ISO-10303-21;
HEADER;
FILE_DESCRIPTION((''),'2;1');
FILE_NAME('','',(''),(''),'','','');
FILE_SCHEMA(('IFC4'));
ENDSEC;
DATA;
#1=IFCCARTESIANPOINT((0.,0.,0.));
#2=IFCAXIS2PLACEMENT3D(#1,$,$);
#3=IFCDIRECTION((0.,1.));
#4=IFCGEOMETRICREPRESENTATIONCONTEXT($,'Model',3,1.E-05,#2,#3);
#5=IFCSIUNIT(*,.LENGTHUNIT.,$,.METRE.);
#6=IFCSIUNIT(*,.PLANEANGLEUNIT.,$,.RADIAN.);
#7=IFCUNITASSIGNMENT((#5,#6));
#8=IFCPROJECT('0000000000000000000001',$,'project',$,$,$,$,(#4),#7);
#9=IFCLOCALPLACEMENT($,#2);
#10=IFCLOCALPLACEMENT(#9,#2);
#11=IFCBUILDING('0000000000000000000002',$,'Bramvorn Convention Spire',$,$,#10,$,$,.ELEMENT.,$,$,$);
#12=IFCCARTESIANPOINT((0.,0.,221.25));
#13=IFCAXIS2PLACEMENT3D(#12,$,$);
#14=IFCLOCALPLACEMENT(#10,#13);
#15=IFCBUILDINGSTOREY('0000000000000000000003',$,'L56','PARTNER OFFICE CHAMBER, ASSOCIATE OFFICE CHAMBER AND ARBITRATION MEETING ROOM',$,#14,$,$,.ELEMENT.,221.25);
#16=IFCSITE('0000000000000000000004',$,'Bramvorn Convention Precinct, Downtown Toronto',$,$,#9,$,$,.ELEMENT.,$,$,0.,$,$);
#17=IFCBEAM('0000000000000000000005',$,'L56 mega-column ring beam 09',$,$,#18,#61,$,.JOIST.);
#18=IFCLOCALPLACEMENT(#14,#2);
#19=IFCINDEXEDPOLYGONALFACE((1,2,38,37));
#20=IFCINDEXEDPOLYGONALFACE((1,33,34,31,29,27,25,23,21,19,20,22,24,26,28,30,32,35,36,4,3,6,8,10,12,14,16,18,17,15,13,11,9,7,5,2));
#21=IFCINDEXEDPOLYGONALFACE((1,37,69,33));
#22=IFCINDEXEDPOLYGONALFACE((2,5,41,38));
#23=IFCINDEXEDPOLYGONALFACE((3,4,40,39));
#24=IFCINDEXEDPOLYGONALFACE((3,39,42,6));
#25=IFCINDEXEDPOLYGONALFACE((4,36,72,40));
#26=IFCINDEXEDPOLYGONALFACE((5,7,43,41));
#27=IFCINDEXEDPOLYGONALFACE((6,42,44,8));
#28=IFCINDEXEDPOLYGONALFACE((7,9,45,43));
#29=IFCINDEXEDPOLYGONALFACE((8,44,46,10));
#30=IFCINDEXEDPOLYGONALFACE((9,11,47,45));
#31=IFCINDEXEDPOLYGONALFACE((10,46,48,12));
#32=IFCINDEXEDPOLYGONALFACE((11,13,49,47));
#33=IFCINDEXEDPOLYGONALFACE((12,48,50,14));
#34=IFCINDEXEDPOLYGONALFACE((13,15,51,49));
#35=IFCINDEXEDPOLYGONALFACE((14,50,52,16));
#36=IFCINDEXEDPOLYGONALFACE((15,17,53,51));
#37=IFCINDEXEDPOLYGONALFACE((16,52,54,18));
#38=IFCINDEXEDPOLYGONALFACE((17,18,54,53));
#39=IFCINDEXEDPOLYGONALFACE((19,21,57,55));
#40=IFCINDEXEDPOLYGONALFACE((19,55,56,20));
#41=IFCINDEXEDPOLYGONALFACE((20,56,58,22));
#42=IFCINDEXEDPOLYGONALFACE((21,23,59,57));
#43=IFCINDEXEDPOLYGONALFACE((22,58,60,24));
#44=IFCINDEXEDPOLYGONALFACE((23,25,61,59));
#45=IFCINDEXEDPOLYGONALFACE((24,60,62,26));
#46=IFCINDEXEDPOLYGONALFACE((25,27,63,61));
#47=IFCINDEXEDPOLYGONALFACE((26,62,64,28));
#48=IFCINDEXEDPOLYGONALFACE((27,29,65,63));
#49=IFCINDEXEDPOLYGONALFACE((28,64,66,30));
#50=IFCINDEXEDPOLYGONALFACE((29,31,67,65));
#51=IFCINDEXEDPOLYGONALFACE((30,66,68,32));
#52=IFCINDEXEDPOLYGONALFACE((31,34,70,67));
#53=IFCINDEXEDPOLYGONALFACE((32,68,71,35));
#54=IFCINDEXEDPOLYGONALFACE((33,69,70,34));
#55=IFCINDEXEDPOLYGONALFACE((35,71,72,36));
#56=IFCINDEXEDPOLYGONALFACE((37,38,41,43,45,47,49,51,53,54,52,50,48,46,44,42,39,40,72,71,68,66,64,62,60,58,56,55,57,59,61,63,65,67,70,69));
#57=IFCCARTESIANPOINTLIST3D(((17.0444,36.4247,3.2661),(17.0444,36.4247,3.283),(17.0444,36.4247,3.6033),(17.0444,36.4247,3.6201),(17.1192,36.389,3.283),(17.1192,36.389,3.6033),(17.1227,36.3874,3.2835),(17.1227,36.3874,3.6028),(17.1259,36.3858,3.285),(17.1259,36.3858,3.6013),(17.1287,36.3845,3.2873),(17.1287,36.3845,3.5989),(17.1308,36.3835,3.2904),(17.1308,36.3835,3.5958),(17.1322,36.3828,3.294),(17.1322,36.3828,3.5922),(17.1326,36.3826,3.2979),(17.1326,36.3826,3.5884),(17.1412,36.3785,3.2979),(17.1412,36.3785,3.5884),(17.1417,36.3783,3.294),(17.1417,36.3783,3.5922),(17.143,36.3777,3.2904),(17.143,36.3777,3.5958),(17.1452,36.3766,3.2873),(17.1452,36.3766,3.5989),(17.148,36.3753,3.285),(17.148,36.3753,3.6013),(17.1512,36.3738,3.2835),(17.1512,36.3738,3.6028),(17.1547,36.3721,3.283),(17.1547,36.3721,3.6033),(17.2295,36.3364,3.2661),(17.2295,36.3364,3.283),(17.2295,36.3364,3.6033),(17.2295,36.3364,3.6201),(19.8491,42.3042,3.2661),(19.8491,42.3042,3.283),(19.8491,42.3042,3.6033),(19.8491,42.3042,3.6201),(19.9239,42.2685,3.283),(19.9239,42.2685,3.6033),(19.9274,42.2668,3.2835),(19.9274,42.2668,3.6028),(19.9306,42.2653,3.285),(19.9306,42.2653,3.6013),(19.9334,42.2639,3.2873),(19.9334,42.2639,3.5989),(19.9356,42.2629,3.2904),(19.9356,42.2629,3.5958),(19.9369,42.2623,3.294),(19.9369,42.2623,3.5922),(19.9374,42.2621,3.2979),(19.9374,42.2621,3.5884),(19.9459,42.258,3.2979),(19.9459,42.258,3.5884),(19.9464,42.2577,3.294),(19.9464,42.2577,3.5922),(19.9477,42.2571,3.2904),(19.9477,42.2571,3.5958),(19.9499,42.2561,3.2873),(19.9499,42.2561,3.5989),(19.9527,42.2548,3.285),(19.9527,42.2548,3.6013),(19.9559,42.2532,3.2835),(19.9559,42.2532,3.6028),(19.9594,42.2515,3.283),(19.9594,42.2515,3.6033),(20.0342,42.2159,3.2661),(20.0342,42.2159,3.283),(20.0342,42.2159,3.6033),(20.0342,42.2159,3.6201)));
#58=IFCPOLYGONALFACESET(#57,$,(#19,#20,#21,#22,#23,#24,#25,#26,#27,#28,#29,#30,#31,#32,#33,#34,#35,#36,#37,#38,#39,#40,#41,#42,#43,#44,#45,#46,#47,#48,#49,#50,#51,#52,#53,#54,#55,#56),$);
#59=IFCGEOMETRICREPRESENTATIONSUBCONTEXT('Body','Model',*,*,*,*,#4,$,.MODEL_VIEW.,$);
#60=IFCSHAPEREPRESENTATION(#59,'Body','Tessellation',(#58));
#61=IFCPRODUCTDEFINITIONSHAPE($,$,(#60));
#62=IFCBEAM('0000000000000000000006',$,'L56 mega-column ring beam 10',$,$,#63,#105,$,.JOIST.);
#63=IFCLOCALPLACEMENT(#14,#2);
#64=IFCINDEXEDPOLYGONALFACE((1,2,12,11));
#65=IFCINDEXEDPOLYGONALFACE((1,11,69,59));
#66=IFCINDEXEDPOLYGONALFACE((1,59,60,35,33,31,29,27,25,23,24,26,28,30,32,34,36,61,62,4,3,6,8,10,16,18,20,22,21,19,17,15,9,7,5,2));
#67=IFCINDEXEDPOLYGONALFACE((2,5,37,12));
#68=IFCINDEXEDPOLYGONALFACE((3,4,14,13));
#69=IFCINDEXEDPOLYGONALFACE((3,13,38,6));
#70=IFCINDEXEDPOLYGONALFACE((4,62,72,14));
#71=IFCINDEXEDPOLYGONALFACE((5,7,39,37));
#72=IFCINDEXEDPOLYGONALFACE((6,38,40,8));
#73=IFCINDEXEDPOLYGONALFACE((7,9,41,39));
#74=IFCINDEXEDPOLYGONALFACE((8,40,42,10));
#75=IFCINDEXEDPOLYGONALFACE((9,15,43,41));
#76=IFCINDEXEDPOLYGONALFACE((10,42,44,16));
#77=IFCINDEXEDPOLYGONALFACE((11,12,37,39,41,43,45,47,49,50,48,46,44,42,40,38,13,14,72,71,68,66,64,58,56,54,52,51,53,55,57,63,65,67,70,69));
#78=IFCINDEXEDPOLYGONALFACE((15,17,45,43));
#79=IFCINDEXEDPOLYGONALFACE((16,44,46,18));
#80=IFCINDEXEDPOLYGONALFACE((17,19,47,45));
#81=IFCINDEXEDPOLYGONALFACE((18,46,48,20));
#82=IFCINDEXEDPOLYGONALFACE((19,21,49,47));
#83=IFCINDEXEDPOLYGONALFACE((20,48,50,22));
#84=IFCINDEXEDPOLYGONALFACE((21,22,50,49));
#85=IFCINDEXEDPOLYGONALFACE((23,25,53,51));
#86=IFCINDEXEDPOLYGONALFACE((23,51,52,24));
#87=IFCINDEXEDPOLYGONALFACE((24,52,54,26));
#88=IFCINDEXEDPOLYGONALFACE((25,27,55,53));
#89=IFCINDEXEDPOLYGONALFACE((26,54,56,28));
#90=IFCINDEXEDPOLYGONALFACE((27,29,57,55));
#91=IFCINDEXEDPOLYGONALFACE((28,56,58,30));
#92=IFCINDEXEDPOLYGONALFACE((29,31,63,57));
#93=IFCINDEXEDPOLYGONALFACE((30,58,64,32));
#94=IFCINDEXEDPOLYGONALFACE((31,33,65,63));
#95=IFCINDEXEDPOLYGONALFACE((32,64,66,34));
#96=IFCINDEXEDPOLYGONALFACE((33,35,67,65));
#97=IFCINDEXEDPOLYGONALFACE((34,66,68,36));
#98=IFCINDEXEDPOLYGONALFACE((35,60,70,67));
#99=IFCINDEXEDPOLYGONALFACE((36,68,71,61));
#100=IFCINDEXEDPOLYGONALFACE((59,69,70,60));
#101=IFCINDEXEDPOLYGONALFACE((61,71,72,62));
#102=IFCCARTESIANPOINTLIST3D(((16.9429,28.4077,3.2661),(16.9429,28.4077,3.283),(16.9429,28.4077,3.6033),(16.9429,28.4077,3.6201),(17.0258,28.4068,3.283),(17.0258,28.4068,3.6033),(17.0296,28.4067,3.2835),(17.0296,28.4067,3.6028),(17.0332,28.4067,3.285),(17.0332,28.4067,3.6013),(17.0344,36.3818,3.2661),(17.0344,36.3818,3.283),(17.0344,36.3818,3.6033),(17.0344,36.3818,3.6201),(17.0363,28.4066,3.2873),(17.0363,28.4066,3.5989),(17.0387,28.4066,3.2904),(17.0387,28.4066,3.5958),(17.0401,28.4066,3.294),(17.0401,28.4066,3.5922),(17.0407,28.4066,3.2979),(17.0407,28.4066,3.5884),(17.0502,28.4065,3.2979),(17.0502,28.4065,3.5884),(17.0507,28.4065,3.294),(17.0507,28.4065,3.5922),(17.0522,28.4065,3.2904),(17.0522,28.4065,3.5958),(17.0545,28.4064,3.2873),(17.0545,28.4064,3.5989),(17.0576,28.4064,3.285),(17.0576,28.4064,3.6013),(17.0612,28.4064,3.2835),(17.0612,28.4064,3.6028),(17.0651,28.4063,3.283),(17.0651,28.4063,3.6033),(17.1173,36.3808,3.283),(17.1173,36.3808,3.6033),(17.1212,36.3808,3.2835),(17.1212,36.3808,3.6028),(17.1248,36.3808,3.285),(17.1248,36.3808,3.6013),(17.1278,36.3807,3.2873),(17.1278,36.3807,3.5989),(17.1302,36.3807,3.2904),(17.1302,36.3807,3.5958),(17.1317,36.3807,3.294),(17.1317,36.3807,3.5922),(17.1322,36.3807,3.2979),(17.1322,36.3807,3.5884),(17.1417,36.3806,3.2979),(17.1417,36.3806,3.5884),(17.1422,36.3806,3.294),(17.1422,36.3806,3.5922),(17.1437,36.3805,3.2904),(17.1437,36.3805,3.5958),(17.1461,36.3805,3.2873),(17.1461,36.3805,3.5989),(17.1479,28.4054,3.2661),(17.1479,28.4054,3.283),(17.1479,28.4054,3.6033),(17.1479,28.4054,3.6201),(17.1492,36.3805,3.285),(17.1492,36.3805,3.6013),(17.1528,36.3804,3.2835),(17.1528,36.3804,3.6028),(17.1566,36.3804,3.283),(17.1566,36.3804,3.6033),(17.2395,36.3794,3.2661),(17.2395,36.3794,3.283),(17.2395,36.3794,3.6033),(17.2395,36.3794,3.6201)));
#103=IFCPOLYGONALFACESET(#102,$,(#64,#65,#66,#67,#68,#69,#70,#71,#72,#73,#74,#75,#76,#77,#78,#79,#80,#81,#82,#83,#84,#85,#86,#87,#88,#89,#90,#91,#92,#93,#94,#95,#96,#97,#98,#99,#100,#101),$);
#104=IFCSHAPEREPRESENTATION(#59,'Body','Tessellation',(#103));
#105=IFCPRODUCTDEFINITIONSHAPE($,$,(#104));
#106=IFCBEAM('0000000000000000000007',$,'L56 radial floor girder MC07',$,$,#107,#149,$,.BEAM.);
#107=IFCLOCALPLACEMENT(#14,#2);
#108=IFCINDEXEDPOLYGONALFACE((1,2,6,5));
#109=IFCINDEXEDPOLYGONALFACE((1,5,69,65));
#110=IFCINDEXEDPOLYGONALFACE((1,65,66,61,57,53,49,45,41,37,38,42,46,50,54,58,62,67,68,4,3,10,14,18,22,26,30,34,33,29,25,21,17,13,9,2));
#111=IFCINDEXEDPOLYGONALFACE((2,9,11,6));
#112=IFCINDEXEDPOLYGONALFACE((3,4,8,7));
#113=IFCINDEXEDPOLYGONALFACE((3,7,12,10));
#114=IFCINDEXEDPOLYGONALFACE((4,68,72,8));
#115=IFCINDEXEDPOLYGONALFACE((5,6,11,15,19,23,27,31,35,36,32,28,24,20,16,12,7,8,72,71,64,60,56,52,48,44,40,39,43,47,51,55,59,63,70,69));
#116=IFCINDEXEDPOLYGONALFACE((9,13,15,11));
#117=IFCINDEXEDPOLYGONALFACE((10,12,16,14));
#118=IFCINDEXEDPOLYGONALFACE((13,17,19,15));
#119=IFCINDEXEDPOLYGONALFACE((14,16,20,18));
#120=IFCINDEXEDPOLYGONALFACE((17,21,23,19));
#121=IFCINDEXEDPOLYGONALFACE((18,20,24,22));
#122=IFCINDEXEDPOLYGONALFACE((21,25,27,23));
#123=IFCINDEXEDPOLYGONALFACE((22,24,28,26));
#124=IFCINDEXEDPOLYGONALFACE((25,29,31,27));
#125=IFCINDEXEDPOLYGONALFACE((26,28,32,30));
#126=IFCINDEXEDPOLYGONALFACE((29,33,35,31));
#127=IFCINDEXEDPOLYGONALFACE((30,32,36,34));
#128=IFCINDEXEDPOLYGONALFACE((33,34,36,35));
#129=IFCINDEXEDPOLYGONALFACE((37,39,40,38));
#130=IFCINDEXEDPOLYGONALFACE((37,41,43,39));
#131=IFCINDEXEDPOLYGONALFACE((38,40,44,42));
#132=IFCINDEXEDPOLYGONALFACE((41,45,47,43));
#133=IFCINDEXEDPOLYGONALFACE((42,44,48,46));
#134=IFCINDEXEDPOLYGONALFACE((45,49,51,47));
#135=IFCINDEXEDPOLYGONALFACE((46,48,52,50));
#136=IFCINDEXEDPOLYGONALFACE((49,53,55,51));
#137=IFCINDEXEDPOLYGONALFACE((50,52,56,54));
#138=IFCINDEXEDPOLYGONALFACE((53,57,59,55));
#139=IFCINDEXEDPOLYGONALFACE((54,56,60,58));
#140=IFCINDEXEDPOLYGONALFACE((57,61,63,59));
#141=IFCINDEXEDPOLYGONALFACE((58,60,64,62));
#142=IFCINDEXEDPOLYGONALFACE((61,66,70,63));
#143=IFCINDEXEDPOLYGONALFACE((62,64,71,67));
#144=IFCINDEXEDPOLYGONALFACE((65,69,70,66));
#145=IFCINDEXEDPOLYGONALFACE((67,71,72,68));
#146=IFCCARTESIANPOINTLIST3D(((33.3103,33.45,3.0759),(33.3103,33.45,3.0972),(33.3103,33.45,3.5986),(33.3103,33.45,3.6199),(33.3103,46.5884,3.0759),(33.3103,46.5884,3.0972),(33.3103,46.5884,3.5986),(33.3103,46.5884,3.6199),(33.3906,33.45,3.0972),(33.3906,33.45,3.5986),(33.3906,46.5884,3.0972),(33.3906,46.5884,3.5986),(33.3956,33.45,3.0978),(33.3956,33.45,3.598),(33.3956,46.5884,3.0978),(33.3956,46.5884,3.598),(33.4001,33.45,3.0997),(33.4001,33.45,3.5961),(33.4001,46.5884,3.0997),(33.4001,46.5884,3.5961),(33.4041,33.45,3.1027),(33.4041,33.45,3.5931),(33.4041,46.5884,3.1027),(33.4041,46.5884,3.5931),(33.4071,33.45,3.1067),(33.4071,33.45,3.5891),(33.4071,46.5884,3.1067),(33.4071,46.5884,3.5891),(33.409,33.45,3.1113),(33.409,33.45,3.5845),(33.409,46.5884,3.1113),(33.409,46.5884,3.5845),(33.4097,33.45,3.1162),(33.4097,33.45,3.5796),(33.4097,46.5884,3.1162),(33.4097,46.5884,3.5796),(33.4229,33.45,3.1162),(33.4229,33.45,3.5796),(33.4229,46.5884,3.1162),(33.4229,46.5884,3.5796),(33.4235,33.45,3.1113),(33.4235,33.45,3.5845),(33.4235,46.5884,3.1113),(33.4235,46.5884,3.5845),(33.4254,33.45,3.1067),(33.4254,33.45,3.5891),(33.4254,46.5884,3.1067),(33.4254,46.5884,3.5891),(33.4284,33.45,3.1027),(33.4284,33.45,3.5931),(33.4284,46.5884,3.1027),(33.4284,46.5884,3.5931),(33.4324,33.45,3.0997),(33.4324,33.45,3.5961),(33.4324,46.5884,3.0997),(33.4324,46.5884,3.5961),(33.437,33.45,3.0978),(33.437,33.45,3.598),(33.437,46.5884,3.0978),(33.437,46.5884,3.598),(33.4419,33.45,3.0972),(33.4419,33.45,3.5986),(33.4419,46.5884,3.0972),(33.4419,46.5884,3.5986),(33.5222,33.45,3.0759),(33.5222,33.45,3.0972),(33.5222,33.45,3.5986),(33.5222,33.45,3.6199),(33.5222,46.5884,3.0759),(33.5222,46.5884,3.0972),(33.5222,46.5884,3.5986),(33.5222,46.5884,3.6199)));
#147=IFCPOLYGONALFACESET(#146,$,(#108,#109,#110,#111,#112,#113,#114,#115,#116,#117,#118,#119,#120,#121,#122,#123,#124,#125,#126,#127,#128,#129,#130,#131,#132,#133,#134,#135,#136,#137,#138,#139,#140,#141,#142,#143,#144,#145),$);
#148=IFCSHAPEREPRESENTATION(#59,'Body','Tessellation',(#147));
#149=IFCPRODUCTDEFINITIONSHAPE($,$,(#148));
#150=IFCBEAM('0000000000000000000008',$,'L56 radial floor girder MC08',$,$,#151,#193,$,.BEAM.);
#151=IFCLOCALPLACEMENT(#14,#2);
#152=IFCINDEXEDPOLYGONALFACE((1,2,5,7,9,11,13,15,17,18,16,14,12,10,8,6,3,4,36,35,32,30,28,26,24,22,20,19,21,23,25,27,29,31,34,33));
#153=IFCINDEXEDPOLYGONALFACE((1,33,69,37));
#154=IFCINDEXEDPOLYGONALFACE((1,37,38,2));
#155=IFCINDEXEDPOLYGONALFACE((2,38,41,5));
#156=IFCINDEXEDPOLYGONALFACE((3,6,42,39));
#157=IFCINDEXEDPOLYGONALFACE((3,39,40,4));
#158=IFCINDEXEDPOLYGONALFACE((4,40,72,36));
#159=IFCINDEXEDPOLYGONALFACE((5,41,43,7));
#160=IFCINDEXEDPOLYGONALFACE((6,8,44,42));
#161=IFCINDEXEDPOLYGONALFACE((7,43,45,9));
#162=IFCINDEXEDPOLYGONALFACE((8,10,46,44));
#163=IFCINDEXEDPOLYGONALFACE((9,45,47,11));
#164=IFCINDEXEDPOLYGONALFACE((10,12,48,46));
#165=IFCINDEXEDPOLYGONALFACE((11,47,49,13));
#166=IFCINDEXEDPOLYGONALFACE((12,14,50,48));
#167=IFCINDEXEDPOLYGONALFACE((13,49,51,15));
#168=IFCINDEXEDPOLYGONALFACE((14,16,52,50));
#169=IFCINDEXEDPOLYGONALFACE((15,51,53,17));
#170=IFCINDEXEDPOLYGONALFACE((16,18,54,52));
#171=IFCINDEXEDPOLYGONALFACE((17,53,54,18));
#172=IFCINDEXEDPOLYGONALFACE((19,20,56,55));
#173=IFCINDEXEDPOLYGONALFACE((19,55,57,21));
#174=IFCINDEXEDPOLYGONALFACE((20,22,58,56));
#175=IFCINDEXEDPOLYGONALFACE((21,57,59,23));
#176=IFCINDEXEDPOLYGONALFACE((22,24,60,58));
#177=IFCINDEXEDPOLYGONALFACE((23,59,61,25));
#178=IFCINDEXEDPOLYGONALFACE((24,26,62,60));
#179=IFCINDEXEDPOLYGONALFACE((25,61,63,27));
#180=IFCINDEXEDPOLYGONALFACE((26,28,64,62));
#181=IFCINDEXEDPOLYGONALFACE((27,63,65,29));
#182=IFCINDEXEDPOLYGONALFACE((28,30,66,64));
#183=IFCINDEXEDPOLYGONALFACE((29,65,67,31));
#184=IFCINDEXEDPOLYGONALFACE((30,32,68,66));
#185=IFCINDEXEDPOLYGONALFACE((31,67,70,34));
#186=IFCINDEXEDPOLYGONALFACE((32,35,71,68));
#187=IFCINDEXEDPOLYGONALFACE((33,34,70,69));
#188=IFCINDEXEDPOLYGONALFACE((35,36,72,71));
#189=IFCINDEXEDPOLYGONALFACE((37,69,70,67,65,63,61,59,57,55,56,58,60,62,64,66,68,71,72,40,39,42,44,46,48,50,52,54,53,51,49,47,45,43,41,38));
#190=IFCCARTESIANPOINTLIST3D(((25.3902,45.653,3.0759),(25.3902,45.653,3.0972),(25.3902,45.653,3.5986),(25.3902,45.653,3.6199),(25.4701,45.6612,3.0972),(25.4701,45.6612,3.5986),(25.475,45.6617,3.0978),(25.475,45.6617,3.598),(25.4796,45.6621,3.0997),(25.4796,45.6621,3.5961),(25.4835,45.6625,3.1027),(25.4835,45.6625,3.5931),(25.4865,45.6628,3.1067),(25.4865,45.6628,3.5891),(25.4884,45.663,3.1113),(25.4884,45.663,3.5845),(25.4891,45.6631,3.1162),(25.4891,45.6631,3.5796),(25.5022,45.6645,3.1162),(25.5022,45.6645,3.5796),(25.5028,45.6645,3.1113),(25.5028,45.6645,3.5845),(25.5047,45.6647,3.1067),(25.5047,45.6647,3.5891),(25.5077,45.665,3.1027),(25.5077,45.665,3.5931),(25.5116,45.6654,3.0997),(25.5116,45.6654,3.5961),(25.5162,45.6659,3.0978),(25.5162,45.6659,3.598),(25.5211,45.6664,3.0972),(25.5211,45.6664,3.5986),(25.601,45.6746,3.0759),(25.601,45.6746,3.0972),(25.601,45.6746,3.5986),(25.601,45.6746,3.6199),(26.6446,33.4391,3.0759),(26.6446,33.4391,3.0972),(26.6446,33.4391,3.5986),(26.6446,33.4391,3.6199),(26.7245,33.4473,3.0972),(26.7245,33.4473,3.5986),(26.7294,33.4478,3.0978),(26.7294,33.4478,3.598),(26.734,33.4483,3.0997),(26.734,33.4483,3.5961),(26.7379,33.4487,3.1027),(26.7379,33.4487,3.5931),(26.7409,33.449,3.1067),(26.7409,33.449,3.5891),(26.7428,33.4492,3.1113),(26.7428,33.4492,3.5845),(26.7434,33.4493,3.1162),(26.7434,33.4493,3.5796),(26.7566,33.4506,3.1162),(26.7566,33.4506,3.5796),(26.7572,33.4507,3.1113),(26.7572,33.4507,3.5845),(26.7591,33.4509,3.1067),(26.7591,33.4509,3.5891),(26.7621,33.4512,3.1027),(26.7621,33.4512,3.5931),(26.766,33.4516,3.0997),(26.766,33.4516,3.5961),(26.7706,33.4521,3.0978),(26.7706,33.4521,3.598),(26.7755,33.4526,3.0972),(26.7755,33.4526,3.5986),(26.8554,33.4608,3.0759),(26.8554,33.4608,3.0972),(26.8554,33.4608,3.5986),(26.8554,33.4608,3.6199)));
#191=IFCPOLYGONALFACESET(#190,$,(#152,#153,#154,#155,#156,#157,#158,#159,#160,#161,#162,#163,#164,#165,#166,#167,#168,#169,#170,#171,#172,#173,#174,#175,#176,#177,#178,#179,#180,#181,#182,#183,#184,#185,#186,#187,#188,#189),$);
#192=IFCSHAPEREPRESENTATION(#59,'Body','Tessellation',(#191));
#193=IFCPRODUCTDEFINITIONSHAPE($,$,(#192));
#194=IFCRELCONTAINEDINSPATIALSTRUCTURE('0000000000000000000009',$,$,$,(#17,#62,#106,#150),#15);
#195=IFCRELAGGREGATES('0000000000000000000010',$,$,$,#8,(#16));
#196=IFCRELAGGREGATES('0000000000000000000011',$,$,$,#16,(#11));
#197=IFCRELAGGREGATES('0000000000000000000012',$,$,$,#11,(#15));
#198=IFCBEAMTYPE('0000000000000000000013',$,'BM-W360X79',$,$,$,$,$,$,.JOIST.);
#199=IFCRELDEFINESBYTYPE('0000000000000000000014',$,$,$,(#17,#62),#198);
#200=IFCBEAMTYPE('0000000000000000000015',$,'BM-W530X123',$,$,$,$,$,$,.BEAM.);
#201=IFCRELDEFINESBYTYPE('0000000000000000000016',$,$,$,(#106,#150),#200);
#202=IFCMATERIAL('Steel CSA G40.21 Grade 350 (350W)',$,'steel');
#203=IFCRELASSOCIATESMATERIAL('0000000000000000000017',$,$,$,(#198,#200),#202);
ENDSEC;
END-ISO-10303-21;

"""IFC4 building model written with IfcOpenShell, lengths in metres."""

from ifc_helpers import new_model, si_unit, direction, frame, origin, origin_2d, place, context, subcontext, project, spatial, i_section, extrude, material, material_profile, profile_set, type_object, element, save


model = new_model("IFC4")

# Units and contexts
model_context = context("Model", 3, precision=1e-05, world=origin(), true_north=direction((0.0, 1.0)))
body_context = subcontext(model_context, "Body", "Model", "MODEL_VIEW")
ifc_project = project(units=[si_unit("LENGTHUNIT", "METRE"), si_unit("PLANEANGLEUNIT", "RADIAN")], contexts=[model_context])

# Site, building, storey
site_placement = place(None, origin())
site = spatial("IfcSite", under=ifc_project, at=site_placement, Name="Bramvorn Convention Precinct, Downtown Toronto", CompositionType="ELEMENT", RefElevation=0.0)
building_placement = place(site_placement, origin())
building = spatial("IfcBuilding", under=site, at=building_placement, Name="Bramvorn Convention Spire", CompositionType="ELEMENT")
storey_placement = place(building_placement, frame((0.0, 0.0, 221.25)))
storey = spatial("IfcBuildingStorey", under=building, at=storey_placement, Name="L56", Description="PARTNER OFFICE CHAMBER, ASSOCIATE OFFICE CHAMBER AND ARBITRATION MEETING ROOM", CompositionType="ELEMENT", Elevation=221.25)

# Shared definitions
ifc_material_1 = material(Name="Steel CSA G40.21 Grade 350 (350W)", Category="steel")

# Beams
ifc_material_profile_1 = material_profile(ifc_material_1, i_section(OverallWidth=0.2051, OverallDepth=0.354, WebThickness=0.0095, FlangeThickness=0.0168, FilletRadius=0.0149, at=origin_2d()))
ifc_profile_set_1 = profile_set([ifc_material_profile_1], Name="Steel CSA G40.21 Grade 350 (350W) - W360X79")
beam_type_1 = type_object("IfcBeamType", Name="BM-W360X79", PredefinedType="JOIST", material=ifc_profile_set_1)
beam_1_placement = place(storey_placement, frame((19.9417, 42.26, 3.4431), z_axis=(-0.430556, -0.902564, 0.0), x_axis=(0.902564, -0.430556, 0.0)))
element("IfcBeam", 1, at=beam_1_placement, inside=storey, type_object=beam_type_1, Name="L56 mega-column ring beam 09", PredefinedType="JOIST", context=body_context, shape_type="SweptSolid", body=[
    extrude(i_section(OverallWidth=0.2051, OverallDepth=0.354, WebThickness=0.0095, FlangeThickness=0.0168, FilletRadius=0.0149, at=origin_2d()), origin(), (0.0, 0.0, 1.0), 6.5142),
])
beam_2_placement = place(storey_placement, frame((17.137, 36.3806, 3.4431), z_axis=(-0.01148, -0.999934, 0.0), x_axis=(0.999934, -0.01148, 0.0)))
element("IfcBeam", 2, at=beam_2_placement, inside=storey, type_object=beam_type_1, Name="L56 mega-column ring beam 10", PredefinedType="JOIST", context=body_context, shape_type="SweptSolid", body=[
    extrude(i_section(OverallWidth=0.2051, OverallDepth=0.354, WebThickness=0.0095, FlangeThickness=0.0168, FilletRadius=0.0149, at=origin_2d()), origin(), (0.0, 0.0, 1.0), 7.9746),
])
ifc_material_profile_2 = material_profile(ifc_material_1, i_section(OverallWidth=0.2119, OverallDepth=0.5439, WebThickness=0.0132, FlangeThickness=0.0212, FilletRadius=0.019, at=origin_2d()))
ifc_profile_set_2 = profile_set([ifc_material_profile_2], Name="Steel CSA G40.21 Grade 350 (350W) - W530X123")
beam_type_2 = type_object("IfcBeamType", Name="BM-W530X123", PredefinedType="BEAM", material=ifc_profile_set_2)
beam_3_placement = place(storey_placement, frame((33.4163, 33.45, 3.3479), z_axis=(0.0, 1.0, 0.0), x_axis=(-1.0, 0.0, 0.0)))
element("IfcBeam", 3, at=beam_3_placement, inside=storey, type_object=beam_type_2, Name="L56 radial floor girder MC07", PredefinedType="BEAM", context=body_context, shape_type="SweptSolid", body=[
    extrude(i_section(OverallWidth=0.2119, OverallDepth=0.5439, WebThickness=0.0132, FlangeThickness=0.0212, FilletRadius=0.019, at=origin_2d()), origin(), (0.0, 0.0, 1.0), 13.1384),
])
beam_4_placement = place(storey_placement, frame((26.75, 33.45, 3.3479), z_axis=(-0.102165, 0.994767, 0.0), x_axis=(-0.994767, -0.102165, 0.0)))
element("IfcBeam", 4, at=beam_4_placement, inside=storey, type_object=beam_type_2, Name="L56 radial floor girder MC08", PredefinedType="BEAM", context=body_context, shape_type="SweptSolid", body=[
    extrude(i_section(OverallWidth=0.2119, OverallDepth=0.5439, WebThickness=0.0132, FlangeThickness=0.0212, FilletRadius=0.019, at=origin_2d()), origin(), (0.0, 0.0, 1.0), 12.2781),
])

save(model, "model.ifc")
